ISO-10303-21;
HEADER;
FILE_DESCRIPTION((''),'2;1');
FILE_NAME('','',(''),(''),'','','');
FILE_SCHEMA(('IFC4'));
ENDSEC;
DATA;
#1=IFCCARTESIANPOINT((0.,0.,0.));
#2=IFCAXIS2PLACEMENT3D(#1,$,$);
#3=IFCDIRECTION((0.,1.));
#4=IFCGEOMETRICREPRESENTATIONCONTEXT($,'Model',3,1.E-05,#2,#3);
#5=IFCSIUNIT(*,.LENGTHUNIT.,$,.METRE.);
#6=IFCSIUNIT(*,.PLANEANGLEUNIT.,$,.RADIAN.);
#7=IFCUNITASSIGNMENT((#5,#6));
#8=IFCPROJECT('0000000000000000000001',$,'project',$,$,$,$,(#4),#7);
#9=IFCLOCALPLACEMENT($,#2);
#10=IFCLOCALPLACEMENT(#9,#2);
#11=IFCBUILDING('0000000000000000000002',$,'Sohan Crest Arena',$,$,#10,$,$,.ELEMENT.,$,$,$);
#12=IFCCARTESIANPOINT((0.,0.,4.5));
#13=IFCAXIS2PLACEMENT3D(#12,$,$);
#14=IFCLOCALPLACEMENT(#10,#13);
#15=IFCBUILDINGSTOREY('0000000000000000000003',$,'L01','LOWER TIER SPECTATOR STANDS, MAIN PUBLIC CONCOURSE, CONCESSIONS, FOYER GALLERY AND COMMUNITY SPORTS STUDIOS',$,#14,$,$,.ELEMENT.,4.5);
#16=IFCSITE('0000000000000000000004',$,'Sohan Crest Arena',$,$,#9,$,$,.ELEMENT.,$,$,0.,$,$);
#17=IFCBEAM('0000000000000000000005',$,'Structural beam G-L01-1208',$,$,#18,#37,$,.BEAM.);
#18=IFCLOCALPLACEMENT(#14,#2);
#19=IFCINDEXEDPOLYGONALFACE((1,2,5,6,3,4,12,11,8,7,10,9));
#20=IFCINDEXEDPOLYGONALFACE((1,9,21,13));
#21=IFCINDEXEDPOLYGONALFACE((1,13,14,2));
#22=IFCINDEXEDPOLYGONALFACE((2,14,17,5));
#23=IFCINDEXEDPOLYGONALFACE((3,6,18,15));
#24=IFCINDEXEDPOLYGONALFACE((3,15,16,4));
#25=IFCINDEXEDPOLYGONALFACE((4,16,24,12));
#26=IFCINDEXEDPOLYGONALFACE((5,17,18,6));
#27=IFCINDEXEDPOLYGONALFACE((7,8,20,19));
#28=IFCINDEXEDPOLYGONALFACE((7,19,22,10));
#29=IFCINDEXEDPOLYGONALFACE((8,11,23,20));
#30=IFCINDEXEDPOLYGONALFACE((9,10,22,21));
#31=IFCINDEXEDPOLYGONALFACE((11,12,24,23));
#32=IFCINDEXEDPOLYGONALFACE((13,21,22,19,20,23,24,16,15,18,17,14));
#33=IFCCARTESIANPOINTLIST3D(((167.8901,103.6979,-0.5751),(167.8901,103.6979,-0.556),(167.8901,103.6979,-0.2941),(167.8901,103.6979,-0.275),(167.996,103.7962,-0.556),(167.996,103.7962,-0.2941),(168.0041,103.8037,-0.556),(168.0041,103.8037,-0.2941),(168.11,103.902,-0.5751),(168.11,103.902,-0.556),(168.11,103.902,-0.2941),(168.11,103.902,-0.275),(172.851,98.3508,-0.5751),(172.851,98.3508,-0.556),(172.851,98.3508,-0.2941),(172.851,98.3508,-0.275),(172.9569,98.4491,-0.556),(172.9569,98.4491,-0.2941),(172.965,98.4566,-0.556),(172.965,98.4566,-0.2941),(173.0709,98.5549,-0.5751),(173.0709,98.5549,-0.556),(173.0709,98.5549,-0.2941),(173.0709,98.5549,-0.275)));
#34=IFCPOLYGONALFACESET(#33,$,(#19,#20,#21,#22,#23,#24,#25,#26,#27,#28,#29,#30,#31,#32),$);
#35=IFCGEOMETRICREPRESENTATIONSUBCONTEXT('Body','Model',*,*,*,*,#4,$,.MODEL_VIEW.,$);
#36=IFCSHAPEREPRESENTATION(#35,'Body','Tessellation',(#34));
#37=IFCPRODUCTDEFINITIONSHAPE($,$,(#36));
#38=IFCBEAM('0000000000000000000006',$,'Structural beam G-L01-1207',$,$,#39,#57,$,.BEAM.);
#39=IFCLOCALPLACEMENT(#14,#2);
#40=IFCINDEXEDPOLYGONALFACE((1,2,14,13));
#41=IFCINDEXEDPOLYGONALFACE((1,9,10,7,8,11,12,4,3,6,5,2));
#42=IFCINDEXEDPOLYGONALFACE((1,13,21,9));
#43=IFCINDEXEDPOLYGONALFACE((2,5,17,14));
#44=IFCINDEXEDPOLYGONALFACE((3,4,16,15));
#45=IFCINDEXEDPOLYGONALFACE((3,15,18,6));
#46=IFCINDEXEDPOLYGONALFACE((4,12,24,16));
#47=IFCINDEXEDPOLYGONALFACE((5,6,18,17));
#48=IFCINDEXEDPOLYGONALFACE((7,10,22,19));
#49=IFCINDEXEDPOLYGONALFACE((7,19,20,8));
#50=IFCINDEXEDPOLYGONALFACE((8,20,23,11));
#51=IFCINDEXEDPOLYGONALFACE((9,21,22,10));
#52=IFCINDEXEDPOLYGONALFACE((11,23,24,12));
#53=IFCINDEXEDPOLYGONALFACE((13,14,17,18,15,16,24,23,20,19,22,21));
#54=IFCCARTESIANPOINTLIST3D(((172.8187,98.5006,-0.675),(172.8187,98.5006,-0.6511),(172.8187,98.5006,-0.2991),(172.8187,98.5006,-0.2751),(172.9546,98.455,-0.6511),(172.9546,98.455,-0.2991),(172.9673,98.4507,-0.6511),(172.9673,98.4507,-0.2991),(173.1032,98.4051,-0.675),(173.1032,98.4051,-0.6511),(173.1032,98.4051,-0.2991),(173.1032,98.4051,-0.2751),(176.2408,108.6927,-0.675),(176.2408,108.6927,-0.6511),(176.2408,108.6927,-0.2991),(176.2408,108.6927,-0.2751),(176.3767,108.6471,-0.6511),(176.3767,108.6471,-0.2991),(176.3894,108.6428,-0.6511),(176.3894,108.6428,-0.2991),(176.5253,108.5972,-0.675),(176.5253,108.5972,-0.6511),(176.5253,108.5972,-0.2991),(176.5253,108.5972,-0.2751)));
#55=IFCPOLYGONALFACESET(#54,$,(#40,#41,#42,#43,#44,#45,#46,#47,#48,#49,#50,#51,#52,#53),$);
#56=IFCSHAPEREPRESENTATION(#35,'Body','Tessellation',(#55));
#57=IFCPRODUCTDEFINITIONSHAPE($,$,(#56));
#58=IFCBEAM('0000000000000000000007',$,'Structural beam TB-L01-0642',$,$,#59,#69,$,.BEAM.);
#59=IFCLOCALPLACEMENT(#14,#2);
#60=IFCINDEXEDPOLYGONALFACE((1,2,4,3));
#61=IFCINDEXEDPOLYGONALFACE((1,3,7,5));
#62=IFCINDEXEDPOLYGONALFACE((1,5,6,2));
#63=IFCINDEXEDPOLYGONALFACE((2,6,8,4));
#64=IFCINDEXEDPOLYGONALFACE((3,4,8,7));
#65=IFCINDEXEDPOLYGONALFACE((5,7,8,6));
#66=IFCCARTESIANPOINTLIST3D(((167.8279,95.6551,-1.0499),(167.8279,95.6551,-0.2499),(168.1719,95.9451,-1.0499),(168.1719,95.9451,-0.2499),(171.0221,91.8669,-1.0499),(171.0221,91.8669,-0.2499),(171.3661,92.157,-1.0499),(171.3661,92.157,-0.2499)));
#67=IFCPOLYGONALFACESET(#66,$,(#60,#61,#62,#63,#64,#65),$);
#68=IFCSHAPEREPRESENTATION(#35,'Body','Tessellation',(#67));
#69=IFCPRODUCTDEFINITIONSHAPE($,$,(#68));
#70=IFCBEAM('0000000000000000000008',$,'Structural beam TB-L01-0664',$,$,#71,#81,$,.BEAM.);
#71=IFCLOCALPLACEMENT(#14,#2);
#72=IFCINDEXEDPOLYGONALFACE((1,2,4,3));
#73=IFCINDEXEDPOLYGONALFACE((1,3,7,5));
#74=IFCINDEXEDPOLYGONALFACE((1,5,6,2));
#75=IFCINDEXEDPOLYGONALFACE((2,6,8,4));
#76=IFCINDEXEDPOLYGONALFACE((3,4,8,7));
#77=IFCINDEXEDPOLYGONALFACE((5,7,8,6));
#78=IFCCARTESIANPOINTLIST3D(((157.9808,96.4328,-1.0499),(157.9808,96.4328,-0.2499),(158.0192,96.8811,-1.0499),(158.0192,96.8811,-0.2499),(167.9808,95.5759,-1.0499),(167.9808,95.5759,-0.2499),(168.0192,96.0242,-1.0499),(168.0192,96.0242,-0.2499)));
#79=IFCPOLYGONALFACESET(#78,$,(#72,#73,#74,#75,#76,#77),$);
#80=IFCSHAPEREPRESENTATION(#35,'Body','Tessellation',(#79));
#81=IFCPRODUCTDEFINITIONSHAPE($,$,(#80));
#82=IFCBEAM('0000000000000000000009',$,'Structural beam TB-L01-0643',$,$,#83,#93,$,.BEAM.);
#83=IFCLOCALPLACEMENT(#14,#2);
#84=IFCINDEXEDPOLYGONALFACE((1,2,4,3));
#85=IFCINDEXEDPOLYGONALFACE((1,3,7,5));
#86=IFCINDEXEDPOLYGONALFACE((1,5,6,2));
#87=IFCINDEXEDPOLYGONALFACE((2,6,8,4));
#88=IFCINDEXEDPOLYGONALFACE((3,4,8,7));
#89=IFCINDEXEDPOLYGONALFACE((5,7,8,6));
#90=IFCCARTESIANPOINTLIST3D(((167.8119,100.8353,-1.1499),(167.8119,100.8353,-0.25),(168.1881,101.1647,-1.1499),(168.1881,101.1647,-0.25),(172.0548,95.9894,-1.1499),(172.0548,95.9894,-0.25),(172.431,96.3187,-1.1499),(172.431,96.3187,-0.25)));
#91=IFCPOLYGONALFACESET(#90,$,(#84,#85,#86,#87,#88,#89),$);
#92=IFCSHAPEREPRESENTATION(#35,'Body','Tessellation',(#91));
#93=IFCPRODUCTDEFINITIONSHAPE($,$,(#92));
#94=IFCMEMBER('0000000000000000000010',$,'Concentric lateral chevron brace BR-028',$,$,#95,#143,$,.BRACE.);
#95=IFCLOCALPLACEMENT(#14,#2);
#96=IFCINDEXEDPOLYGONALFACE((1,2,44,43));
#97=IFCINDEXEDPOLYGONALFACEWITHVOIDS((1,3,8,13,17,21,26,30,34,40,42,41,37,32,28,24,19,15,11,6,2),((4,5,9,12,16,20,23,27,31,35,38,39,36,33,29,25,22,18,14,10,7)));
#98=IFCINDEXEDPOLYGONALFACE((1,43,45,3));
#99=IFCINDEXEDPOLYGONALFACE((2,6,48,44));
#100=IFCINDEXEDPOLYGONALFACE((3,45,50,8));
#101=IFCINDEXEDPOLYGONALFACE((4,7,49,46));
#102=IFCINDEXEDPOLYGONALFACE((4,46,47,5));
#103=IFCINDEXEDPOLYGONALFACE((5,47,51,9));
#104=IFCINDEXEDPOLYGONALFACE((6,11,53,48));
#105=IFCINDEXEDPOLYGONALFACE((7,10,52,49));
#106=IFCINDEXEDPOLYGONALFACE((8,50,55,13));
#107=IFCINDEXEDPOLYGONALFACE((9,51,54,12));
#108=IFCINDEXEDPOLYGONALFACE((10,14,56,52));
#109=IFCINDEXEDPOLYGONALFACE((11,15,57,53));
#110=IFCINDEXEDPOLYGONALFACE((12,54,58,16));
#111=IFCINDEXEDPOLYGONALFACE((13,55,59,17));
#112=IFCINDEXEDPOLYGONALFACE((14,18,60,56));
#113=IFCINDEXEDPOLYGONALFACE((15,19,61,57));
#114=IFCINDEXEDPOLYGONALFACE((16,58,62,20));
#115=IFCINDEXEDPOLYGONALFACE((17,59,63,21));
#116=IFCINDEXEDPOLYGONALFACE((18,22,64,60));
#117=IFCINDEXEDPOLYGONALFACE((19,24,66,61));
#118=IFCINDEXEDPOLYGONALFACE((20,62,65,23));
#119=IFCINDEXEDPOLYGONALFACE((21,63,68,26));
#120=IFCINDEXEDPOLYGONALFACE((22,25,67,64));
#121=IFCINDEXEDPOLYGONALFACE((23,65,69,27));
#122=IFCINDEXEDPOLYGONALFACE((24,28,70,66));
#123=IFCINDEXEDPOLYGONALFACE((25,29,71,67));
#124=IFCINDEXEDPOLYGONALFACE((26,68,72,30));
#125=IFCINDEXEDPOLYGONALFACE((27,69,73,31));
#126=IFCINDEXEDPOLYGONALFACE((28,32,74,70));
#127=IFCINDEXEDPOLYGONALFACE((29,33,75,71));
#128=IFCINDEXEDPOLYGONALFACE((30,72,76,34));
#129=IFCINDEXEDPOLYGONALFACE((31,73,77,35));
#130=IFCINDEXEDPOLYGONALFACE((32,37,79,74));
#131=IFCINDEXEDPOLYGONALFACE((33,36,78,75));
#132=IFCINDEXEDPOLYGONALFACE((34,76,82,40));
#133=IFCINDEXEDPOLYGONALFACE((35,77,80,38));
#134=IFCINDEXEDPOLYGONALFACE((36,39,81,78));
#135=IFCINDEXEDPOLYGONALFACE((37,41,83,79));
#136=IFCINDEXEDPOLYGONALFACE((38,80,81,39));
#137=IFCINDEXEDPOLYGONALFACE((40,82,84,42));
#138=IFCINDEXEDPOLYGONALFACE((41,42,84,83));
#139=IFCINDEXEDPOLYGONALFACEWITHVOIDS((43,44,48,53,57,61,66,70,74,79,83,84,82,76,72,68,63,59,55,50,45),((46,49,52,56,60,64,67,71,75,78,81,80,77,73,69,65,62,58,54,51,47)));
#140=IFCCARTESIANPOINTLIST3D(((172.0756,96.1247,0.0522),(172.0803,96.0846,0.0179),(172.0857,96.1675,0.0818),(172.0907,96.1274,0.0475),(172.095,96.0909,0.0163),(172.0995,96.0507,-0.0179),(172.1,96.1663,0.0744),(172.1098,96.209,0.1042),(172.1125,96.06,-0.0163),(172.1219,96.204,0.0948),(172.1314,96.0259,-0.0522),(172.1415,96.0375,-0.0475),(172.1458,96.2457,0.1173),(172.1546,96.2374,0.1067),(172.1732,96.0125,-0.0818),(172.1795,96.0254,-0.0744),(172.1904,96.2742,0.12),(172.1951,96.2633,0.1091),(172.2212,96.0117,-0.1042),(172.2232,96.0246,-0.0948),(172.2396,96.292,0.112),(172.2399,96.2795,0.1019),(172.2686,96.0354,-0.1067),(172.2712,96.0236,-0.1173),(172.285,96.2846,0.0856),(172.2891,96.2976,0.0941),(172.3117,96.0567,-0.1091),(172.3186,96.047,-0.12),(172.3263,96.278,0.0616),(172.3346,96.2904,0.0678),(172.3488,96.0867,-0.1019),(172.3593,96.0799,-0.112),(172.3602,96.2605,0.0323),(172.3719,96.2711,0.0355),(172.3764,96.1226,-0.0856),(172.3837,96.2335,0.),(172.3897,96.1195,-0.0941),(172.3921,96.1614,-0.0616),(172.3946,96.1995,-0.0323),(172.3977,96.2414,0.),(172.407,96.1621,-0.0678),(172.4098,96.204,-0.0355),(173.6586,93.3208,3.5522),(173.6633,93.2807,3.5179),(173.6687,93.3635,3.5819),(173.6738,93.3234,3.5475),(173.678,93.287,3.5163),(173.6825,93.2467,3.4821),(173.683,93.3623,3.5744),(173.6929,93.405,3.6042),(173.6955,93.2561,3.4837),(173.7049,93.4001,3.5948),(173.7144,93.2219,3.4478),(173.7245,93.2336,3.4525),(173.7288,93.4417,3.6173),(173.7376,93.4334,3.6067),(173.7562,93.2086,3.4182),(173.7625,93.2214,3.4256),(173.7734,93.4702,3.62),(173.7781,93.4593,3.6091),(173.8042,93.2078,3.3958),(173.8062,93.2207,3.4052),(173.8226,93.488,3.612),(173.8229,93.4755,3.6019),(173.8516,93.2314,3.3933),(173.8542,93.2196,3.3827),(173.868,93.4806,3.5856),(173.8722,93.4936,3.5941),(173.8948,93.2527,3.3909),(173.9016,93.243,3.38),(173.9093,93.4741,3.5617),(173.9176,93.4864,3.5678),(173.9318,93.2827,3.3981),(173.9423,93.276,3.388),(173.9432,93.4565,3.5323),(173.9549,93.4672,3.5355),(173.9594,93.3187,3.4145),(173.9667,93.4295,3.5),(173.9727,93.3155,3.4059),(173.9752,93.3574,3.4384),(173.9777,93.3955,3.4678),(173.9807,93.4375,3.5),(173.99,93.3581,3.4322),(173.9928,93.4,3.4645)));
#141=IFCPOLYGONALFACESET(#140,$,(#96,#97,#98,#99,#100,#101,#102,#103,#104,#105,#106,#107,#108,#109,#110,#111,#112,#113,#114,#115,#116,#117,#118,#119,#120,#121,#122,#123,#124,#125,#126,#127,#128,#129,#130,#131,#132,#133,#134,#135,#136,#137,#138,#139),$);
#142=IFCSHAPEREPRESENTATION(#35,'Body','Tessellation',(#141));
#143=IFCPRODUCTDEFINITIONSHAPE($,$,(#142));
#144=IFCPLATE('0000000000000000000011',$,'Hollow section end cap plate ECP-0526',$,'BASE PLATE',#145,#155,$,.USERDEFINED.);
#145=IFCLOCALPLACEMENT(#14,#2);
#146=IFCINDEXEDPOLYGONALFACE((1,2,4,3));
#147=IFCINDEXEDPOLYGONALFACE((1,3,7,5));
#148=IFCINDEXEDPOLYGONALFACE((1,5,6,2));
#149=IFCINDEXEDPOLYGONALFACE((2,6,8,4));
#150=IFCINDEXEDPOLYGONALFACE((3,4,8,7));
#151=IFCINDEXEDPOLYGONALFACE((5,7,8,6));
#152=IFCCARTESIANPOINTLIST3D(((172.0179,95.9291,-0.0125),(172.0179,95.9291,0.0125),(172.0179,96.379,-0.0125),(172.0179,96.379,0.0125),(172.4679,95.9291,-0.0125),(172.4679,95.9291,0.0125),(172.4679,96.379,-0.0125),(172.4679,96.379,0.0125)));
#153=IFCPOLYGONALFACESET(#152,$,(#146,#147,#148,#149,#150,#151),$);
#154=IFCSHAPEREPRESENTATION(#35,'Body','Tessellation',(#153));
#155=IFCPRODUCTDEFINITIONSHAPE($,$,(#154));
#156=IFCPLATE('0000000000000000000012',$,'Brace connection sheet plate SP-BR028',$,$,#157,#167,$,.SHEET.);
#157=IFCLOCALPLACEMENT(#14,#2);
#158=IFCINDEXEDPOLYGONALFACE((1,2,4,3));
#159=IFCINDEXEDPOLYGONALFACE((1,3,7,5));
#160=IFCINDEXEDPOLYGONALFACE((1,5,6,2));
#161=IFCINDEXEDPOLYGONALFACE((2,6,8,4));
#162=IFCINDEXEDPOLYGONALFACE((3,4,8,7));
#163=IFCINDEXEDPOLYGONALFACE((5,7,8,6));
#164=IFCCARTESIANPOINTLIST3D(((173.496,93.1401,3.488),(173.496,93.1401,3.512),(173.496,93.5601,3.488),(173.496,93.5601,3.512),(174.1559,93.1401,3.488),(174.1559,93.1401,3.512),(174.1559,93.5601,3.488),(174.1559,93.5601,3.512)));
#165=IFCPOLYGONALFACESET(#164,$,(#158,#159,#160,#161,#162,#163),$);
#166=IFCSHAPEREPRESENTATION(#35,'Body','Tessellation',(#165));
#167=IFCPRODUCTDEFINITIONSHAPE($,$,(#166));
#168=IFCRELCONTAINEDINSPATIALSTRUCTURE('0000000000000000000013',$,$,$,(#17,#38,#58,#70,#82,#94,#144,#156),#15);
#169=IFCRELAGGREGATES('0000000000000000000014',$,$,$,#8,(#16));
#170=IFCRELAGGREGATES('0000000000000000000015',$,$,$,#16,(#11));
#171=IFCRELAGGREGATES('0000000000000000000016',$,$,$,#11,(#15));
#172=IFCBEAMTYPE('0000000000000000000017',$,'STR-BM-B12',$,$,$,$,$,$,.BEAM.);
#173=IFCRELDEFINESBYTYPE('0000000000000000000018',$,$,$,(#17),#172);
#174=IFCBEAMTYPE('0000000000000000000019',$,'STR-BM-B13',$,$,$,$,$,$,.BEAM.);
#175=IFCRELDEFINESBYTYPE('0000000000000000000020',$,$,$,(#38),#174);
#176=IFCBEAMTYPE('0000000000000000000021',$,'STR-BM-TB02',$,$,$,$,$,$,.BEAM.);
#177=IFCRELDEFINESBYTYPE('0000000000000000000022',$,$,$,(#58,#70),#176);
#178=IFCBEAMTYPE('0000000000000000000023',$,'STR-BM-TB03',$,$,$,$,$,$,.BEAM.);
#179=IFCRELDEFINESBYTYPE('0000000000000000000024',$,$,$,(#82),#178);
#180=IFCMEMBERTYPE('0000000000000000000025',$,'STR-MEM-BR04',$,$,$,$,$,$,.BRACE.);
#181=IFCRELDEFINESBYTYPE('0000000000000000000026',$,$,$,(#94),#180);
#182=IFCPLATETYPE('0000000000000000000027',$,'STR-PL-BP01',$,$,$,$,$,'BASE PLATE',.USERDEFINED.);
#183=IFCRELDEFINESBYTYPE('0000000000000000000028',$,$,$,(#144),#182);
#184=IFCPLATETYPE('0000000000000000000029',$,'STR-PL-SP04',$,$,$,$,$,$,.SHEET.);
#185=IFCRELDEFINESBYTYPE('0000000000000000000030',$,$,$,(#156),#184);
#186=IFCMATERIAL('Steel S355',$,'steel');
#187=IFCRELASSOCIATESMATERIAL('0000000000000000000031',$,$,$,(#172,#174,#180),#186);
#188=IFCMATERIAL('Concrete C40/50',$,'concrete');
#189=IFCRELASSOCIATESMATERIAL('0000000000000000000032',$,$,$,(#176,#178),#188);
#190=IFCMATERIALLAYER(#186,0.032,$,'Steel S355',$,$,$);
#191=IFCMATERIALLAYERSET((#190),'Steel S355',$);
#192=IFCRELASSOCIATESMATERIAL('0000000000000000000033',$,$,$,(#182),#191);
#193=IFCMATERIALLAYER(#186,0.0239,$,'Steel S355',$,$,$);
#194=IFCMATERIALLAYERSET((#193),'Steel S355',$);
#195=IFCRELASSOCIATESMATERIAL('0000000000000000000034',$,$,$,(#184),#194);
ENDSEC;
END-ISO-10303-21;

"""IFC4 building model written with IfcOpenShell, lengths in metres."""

from ifc_helpers import new_model, si_unit, direction, frame, origin, origin_2d, place, context, subcontext, project, spatial, rectangle, hollow_circle, i_section, extrude, material, layer, layer_set, material_profile, profile_set, type_object, element, save


model = new_model("IFC4")

# Units and contexts
model_context = context("Model", 3, precision=1e-05, world=origin(), true_north=direction((0.0, 1.0)))
body_context = subcontext(model_context, "Body", "Model", "MODEL_VIEW")
ifc_project = project(units=[si_unit("LENGTHUNIT", "METRE"), si_unit("PLANEANGLEUNIT", "RADIAN")], contexts=[model_context])

# Site, building, storey
site_placement = place(None, origin())
site = spatial("IfcSite", under=ifc_project, at=site_placement, Name="Sohan Crest Arena", CompositionType="ELEMENT", RefElevation=0.0)
building_placement = place(site_placement, origin())
building = spatial("IfcBuilding", under=site, at=building_placement, Name="Sohan Crest Arena", CompositionType="ELEMENT")
storey_placement = place(building_placement, frame((0.0, 0.0, 4.5)))
storey = spatial("IfcBuildingStorey", under=building, at=storey_placement, Name="L01", Description="LOWER TIER SPECTATOR STANDS, MAIN PUBLIC CONCOURSE, CONCESSIONS, FOYER GALLERY AND COMMUNITY SPORTS STUDIOS", CompositionType="ELEMENT", Elevation=4.5)

# Shared definitions
ifc_material_1 = material(Name="Concrete C40/50", Category="concrete")
ifc_material_2 = material(Name="Steel S355", Category="steel")

# Beams
ifc_material_profile_1 = material_profile(ifc_material_2, i_section(OverallWidth=0.3, OverallDepth=0.3, WebThickness=0.011, FlangeThickness=0.019, at=origin_2d()), Name="HEB 300")
ifc_profile_set_1 = profile_set([ifc_material_profile_1], Name="Steel S355")
beam_type_1 = type_object("IfcBeamType", Name="STR-BM-B12", PredefinedType="BEAM", material=ifc_profile_set_1)
beam_1_placement = place(storey_placement, frame((172.9609, 98.4529, -0.425), z_axis=(-0.680135, 0.733087, 0.0), x_axis=(-0.733087, -0.680135, 0.0)))
element("IfcBeam", 1, at=beam_1_placement, inside=storey, type_object=beam_type_1, Name="Structural beam G-L01-1208", PredefinedType="BEAM", context=body_context, shape_type="SweptSolid", body=[
    extrude(i_section(OverallWidth=0.3, OverallDepth=0.3, WebThickness=0.011, FlangeThickness=0.019, at=origin_2d()), origin(), (0.0, 0.0, 1.0), 7.2939),
])
ifc_material_profile_2 = material_profile(ifc_material_2, i_section(OverallWidth=0.3, OverallDepth=0.3999, WebThickness=0.0134, FlangeThickness=0.0239, at=origin_2d()), Name="HEB 400")
ifc_profile_set_2 = profile_set([ifc_material_profile_2], Name="Steel S355")
beam_type_2 = type_object("IfcBeamType", Name="STR-BM-B13", PredefinedType="BEAM", material=ifc_profile_set_2)
beam_2_placement = place(storey_placement, frame((172.9609, 98.4529, -0.4751), z_axis=(0.318298, 0.947991, 0.0), x_axis=(-0.947991, 0.318298, 0.0)))
element("IfcBeam", 2, at=beam_2_placement, inside=storey, type_object=beam_type_2, Name="Structural beam G-L01-1207", PredefinedType="BEAM", context=body_context, shape_type="SweptSolid", body=[
    extrude(i_section(OverallWidth=0.3, OverallDepth=0.3999, WebThickness=0.0134, FlangeThickness=0.0239, at=origin_2d()), origin(), (0.0, 0.0, 1.0), 10.7512),
])
ifc_material_profile_3 = material_profile(ifc_material_1, rectangle(XDim=0.45, YDim=0.8, at=origin_2d()), Name="RC-BM 450x800")
ifc_profile_set_3 = profile_set([ifc_material_profile_3], Name="Concrete C40/50")
beam_type_3 = type_object("IfcBeamType", Name="STR-BM-TB02", PredefinedType="BEAM", material=ifc_profile_set_3)
beam_3_placement = place(storey_placement, frame((171.1941, 92.012, -0.6499), z_axis=(-0.644623, 0.764501, 0.0), x_axis=(-0.764501, -0.644623, 0.0)))
element("IfcBeam", 3, at=beam_3_placement, inside=storey, type_object=beam_type_3, Name="Structural beam TB-L01-0642", PredefinedType="BEAM", context=body_context, shape_type="SweptSolid", body=[
    extrude(rectangle(XDim=0.45, YDim=0.8, at=origin_2d()), origin(), (0.0, 0.0, 1.0), 4.9551),
])
beam_4_placement = place(storey_placement, frame((168.0, 95.8, -0.6499), z_axis=(-0.996348, 0.08538, 0.0), x_axis=(-0.08538, -0.996348, 0.0)))
element("IfcBeam", 4, at=beam_4_placement, inside=storey, type_object=beam_type_3, Name="Structural beam TB-L01-0664", PredefinedType="BEAM", context=body_context, shape_type="SweptSolid", body=[
    extrude(rectangle(XDim=0.45, YDim=0.8, at=origin_2d()), origin(), (0.0, 0.0, 1.0), 10.0366),
])
ifc_material_profile_4 = material_profile(ifc_material_1, rectangle(XDim=0.5, YDim=0.8999, at=origin_2d()), Name="RC-BM 500x900")
ifc_profile_set_4 = profile_set([ifc_material_profile_4], Name="Concrete C40/50")
beam_type_4 = type_object("IfcBeamType", Name="STR-BM-TB03", PredefinedType="BEAM", material=ifc_profile_set_4)
beam_5_placement = place(storey_placement, frame((172.2429, 96.1541, -0.7), z_axis=(-0.658743, 0.752368, 0.0), x_axis=(-0.752368, -0.658743, 0.0)))
element("IfcBeam", 5, at=beam_5_placement, inside=storey, type_object=beam_type_4, Name="Structural beam TB-L01-0643", PredefinedType="BEAM", context=body_context, shape_type="SweptSolid", body=[
    extrude(rectangle(XDim=0.5, YDim=0.8999, at=origin_2d()), origin(), (0.0, 0.0, 1.0), 6.4409),
])

# Member
ifc_material_profile_5 = material_profile(ifc_material_2, hollow_circle(Radius=0.1777, WallThickness=0.0161, at=origin_2d()), Name="CHS 355.6x16")
ifc_profile_set_5 = profile_set([ifc_material_profile_5], Name="Steel S355")
member_type = type_object("IfcMemberType", Name="STR-MEM-BR04", PredefinedType="BRACE", material=ifc_profile_set_5)
member_placement = place(storey_placement, frame((172.2429, 96.1541, 0.0), z_axis=(0.332855, -0.589581, 0.735936), x_axis=(0.870807, 0.491625, 0.0)))
element("IfcMember", 6, at=member_placement, inside=storey, type_object=member_type, Name="Concentric lateral chevron brace BR-028", PredefinedType="BRACE", context=body_context, shape_type="SweptSolid", body=[
    extrude(hollow_circle(Radius=0.1777, WallThickness=0.0161, at=origin_2d()), origin(), (0.0, 0.0, 1.0), 4.7559),
])

# Plates
ifc_layer_1 = layer(ifc_material_2, 0.032, Name="Steel S355")
ifc_layer_set_1 = layer_set([ifc_layer_1], Name="Steel S355")
plate_type_1 = type_object("IfcPlateType", Name="STR-PL-BP01", ElementType="BASE PLATE", PredefinedType="USERDEFINED", material=ifc_layer_set_1)
plate_1_placement = place(storey_placement, frame((172.2429, 96.1541, -0.0125), z_axis=(0.0, 0.0, 1.0), x_axis=(1.0, 0.0, 0.0)))
element("IfcPlate", 7, at=plate_1_placement, inside=storey, type_object=plate_type_1, Name="Hollow section end cap plate ECP-0526", ObjectType="BASE PLATE", PredefinedType="USERDEFINED", context=body_context, shape_type="SweptSolid", body=[
    extrude(rectangle(XDim=0.45, YDim=0.45, at=origin_2d()), origin(), (0.0, 0.0, 1.0), 0.0249),
])
ifc_layer_2 = layer(ifc_material_2, 0.0239, Name="Steel S355")
ifc_layer_set_2 = layer_set([ifc_layer_2], Name="Steel S355")
plate_type_2 = type_object("IfcPlateType", Name="STR-PL-SP04", PredefinedType="SHEET", material=ifc_layer_set_2)
plate_2_placement = place(storey_placement, frame((173.8259, 93.3501, 3.488), z_axis=(0.0, 0.0, 1.0), x_axis=(1.0, 0.0, 0.0)))
element("IfcPlate", 8, at=plate_2_placement, inside=storey, type_object=plate_type_2, Name="Brace connection sheet plate SP-BR028", PredefinedType="SHEET", context=body_context, shape_type="SweptSolid", body=[
    extrude(rectangle(XDim=0.6599, YDim=0.4199, at=origin_2d()), origin(), (0.0, 0.0, 1.0), 0.0239),
])

save(model, "model.ifc")
